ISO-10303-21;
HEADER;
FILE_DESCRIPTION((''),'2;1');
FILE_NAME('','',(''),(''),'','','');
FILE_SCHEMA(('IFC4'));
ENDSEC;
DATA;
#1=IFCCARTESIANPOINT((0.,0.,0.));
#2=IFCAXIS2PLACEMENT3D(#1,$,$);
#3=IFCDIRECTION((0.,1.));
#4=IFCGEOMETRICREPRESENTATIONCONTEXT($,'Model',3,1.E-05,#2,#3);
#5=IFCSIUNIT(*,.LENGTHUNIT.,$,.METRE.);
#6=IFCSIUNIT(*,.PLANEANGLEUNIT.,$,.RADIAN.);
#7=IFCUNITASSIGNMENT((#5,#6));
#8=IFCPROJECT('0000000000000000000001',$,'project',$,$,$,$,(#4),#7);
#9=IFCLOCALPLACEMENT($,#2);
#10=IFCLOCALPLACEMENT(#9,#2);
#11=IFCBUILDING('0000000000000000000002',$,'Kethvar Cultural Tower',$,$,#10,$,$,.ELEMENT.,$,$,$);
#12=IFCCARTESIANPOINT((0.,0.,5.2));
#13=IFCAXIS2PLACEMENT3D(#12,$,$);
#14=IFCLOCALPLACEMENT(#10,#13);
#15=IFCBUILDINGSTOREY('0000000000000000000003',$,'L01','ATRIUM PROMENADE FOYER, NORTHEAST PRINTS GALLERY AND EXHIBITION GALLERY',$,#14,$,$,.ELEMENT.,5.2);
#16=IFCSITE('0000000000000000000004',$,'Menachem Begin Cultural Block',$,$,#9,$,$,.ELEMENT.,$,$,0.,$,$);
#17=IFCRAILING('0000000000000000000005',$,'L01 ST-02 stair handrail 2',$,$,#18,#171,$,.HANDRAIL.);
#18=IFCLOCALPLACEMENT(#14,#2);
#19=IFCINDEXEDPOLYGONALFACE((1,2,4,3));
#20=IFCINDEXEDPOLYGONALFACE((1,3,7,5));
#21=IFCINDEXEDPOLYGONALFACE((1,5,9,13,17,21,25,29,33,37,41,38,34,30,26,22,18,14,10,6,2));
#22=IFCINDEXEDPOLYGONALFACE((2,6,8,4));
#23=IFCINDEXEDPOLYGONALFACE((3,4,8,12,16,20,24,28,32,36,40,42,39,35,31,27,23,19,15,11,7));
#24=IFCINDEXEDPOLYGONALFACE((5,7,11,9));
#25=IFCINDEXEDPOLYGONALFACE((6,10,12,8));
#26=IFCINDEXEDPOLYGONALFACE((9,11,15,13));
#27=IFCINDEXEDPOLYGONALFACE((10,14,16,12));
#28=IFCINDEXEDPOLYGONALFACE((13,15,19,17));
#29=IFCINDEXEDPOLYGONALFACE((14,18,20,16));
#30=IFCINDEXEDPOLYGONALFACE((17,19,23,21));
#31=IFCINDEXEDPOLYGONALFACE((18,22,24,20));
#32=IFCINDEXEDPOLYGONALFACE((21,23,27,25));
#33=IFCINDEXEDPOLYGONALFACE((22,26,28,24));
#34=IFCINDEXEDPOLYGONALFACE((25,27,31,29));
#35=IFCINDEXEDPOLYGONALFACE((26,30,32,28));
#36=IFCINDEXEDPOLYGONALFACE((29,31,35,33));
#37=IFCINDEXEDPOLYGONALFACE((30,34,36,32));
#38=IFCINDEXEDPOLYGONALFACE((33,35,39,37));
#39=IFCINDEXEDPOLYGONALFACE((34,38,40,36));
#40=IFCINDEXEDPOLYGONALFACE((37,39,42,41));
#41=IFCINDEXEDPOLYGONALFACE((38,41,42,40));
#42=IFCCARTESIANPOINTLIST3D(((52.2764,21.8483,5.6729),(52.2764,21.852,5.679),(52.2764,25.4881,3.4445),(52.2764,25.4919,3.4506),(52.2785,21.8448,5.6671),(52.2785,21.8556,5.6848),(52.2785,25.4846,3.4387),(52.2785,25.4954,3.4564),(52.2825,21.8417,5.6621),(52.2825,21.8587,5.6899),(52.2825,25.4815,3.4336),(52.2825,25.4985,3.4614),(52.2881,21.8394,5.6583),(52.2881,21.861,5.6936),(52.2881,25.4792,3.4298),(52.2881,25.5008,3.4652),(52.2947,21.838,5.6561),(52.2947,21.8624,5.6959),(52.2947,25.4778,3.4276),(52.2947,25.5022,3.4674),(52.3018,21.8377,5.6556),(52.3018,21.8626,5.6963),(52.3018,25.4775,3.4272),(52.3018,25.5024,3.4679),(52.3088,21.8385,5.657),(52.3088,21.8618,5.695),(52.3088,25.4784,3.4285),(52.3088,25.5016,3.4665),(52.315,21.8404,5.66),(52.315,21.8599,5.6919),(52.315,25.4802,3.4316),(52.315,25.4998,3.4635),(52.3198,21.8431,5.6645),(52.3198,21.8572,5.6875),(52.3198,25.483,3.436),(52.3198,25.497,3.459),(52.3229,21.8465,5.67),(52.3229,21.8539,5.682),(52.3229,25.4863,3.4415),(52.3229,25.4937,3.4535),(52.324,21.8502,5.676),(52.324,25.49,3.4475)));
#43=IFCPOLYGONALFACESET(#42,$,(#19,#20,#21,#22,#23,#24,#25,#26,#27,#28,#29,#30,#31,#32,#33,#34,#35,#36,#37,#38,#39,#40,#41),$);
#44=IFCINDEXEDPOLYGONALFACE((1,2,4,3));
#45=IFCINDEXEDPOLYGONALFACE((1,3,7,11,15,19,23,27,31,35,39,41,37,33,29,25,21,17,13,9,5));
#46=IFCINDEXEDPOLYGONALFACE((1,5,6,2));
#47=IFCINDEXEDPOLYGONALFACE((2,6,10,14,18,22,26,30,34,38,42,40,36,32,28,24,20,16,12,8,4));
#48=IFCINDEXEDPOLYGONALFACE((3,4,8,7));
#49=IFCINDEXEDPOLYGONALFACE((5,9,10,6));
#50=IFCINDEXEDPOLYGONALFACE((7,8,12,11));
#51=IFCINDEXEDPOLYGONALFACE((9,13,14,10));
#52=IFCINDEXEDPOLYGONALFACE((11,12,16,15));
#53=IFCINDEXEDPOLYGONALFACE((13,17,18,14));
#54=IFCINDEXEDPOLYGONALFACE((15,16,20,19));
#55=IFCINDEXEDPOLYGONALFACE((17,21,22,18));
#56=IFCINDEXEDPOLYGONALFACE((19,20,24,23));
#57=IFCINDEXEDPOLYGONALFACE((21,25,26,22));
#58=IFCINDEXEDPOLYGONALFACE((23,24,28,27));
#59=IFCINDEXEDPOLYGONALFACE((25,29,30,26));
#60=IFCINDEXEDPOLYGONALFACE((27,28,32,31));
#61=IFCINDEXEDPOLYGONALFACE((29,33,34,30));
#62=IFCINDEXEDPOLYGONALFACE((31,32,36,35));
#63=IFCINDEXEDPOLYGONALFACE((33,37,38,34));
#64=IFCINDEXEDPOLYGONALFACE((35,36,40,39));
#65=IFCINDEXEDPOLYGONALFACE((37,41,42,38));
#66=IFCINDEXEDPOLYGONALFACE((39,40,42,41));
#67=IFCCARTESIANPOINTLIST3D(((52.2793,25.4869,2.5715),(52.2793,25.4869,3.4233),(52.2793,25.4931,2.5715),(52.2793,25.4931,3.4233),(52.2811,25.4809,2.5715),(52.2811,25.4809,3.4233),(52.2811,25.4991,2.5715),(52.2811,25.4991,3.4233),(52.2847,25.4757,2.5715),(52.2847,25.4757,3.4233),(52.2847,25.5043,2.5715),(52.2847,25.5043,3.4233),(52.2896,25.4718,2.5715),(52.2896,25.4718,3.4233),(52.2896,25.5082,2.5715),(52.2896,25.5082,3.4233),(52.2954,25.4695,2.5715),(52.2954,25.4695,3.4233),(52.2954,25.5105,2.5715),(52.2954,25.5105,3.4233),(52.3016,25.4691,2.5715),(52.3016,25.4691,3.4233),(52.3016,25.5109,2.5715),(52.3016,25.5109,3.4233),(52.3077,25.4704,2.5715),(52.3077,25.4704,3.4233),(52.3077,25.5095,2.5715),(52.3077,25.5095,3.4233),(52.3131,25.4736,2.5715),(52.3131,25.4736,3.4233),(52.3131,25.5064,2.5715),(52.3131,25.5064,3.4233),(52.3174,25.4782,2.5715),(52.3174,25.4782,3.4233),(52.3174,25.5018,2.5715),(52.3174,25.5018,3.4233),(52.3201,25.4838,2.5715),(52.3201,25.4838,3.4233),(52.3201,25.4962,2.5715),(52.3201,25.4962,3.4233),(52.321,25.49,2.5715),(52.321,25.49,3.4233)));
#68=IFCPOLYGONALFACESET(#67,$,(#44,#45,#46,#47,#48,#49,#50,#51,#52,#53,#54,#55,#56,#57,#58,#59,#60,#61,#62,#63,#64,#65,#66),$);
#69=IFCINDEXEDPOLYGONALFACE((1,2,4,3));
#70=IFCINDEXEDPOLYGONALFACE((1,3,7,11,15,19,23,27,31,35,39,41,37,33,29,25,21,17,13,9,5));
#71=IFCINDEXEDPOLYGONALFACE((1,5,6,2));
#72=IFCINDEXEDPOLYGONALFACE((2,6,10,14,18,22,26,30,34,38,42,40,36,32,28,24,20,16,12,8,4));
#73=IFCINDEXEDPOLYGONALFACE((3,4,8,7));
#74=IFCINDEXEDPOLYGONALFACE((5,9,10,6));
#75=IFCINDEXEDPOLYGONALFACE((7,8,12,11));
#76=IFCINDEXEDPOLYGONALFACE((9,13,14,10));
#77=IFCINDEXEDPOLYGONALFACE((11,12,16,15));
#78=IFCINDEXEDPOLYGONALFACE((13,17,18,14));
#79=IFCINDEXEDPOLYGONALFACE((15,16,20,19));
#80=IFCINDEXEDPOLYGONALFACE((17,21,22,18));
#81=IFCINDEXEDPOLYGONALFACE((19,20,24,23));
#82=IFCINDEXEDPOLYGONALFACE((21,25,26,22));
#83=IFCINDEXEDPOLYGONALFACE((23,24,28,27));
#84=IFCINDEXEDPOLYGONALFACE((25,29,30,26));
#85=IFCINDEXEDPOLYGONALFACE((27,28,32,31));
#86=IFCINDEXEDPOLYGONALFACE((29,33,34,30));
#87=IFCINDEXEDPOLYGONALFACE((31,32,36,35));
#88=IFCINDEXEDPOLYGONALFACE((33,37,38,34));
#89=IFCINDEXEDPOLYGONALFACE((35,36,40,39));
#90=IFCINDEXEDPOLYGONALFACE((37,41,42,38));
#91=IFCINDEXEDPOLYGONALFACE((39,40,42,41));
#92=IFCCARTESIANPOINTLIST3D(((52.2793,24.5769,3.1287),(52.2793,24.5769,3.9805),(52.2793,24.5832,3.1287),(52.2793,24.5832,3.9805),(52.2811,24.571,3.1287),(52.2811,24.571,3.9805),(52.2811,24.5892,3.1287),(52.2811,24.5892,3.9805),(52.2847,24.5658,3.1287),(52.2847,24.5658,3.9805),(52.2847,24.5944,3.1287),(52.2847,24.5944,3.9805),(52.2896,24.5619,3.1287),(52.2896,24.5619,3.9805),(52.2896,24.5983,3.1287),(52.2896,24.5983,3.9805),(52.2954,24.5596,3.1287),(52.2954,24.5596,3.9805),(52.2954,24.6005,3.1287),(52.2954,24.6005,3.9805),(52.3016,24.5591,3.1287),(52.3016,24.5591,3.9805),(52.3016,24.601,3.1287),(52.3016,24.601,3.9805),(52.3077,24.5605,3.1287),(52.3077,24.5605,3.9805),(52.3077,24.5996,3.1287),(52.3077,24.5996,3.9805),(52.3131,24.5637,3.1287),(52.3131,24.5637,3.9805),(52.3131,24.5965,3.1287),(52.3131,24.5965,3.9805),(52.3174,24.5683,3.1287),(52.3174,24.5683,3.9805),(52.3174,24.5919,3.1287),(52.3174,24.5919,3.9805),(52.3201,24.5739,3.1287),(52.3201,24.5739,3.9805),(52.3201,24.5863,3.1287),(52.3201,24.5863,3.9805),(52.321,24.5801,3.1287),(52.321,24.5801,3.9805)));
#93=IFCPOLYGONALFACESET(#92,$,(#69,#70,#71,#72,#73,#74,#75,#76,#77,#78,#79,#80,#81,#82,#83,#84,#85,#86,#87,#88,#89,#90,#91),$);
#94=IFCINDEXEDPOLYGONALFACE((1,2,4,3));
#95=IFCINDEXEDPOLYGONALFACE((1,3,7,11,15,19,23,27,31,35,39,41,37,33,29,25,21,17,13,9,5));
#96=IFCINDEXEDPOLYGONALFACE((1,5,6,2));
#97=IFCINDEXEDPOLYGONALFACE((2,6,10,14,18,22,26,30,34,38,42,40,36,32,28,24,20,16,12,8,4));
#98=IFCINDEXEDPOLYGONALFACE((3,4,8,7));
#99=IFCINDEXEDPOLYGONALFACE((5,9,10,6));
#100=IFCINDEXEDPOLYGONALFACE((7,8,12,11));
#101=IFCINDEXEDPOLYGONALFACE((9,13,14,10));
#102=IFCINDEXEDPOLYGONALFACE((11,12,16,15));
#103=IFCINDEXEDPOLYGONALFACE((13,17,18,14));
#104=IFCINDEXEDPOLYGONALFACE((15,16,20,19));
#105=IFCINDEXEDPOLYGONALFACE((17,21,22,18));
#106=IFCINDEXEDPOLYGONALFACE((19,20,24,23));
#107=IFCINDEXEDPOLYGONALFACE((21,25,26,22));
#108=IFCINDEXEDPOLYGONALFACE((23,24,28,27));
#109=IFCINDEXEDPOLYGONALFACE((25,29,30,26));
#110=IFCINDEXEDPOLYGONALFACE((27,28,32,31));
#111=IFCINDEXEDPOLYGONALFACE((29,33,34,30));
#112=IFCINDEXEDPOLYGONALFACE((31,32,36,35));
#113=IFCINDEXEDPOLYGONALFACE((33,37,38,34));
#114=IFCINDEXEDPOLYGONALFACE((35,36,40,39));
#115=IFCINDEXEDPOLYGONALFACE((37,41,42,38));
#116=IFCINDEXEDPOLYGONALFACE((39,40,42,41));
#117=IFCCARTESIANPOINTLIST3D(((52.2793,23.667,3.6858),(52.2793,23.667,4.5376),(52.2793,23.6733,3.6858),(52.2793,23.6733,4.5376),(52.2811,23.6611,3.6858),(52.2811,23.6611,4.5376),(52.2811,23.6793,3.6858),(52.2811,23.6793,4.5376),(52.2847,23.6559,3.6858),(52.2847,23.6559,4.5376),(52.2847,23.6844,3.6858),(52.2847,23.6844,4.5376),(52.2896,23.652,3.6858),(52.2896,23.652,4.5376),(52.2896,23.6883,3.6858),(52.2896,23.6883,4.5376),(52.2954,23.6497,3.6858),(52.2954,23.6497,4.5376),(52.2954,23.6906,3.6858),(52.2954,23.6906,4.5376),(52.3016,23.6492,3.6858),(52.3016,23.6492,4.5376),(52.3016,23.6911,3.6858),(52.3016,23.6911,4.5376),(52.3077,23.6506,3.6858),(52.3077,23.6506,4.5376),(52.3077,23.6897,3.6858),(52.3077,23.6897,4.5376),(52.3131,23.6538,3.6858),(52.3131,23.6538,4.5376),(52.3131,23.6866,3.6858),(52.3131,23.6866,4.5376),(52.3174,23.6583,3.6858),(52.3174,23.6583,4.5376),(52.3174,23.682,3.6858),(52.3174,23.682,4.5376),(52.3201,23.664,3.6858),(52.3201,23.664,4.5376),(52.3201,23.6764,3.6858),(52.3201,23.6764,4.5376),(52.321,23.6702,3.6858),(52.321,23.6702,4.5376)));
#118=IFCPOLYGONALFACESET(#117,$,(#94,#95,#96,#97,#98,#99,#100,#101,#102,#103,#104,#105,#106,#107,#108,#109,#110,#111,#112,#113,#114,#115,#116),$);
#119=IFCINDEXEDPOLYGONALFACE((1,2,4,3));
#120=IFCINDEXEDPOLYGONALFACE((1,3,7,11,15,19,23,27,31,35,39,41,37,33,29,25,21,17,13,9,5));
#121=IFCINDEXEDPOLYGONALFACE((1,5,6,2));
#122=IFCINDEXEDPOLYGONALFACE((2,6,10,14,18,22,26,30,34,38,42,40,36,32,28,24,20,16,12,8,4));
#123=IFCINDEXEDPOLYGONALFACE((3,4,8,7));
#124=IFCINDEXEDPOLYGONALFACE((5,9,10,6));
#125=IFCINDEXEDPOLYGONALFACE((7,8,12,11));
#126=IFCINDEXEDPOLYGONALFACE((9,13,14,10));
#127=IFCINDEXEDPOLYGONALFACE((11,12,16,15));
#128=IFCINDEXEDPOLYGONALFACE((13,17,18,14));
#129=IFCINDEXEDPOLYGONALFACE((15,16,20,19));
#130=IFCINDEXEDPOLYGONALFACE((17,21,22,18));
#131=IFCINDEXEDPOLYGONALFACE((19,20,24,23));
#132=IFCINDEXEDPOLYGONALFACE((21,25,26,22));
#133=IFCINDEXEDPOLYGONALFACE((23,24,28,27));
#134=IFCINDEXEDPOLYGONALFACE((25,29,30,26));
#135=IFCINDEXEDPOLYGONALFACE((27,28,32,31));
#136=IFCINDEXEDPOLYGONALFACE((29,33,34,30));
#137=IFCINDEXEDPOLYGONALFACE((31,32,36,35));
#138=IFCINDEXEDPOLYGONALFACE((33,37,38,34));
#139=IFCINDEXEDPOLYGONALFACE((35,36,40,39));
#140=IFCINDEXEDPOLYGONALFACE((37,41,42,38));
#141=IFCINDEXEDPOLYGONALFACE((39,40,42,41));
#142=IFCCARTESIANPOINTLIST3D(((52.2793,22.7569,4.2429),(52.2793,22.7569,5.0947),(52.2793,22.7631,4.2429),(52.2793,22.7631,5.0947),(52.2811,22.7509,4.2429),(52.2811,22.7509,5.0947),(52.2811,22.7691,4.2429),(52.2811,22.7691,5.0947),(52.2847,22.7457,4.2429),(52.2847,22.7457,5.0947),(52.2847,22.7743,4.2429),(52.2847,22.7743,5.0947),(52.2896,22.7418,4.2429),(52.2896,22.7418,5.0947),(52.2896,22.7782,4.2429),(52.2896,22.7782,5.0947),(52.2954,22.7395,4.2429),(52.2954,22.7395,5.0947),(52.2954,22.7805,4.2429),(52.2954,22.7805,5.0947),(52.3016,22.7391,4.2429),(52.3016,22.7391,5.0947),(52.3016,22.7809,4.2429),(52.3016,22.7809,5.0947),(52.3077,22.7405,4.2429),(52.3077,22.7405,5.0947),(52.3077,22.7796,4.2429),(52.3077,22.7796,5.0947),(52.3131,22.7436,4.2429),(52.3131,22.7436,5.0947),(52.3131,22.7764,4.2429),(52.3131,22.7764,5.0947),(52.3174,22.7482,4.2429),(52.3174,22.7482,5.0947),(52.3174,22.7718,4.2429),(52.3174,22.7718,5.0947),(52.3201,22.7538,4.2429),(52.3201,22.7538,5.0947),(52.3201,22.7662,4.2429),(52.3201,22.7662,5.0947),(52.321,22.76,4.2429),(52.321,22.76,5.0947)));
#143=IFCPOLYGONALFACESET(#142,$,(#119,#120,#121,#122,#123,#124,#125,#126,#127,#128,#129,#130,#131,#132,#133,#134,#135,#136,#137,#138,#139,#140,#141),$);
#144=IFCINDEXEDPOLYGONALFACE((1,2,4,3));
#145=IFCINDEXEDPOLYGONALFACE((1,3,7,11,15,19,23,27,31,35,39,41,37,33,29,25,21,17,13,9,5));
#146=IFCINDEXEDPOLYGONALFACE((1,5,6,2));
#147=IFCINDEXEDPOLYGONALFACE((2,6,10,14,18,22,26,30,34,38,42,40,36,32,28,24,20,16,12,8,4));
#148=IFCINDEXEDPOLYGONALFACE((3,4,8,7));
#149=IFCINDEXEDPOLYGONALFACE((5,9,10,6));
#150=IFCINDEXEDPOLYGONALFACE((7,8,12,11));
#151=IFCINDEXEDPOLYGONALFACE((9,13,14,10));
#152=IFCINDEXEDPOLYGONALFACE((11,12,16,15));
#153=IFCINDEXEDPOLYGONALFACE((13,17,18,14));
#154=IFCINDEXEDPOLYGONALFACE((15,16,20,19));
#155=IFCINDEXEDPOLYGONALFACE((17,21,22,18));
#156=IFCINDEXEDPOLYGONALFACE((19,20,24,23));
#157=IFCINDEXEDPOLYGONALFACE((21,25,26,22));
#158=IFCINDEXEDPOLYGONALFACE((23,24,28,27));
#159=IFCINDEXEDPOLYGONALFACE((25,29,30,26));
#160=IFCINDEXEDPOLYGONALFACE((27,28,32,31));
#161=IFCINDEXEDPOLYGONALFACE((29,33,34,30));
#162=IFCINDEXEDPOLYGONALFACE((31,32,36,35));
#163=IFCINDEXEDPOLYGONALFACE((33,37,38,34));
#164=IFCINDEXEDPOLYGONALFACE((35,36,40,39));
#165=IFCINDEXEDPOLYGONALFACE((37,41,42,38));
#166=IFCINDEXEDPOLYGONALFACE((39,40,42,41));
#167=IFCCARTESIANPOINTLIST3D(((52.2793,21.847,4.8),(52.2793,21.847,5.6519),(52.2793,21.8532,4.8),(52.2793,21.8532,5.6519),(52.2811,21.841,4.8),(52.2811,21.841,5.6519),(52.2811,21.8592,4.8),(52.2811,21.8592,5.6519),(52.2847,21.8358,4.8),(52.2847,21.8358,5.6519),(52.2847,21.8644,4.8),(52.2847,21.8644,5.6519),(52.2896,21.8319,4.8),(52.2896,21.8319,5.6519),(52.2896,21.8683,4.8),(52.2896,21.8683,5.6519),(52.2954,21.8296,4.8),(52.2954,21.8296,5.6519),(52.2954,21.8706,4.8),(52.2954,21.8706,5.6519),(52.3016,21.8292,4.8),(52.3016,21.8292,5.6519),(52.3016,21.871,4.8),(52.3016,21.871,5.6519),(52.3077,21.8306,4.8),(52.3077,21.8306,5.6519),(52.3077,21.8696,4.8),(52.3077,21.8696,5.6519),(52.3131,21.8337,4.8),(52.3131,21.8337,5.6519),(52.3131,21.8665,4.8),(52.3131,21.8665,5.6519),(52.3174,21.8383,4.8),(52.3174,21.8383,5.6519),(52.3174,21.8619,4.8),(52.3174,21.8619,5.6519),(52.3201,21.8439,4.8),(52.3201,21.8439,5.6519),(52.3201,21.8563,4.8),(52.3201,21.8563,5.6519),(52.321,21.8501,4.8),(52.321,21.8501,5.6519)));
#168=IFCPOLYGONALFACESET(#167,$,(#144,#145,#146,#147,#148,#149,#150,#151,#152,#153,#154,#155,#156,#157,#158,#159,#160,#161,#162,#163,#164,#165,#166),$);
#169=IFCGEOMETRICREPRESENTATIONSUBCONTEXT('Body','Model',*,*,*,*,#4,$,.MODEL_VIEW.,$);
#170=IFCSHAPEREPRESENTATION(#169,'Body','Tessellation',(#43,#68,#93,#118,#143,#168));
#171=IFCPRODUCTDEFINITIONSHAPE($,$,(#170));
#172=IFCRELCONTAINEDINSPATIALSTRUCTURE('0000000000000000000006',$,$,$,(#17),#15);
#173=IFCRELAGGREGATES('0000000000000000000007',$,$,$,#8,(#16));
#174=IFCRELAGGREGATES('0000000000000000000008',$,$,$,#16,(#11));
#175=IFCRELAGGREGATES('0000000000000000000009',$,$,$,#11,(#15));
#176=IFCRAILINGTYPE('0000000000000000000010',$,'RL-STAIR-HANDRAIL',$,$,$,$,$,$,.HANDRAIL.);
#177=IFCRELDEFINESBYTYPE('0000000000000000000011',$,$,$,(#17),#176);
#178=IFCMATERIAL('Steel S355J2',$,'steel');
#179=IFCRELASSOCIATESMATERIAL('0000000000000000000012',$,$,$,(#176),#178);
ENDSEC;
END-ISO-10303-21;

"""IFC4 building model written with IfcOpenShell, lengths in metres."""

from ifc_helpers import new_model, si_unit, direction, frame, origin, origin_2d, place, context, subcontext, project, spatial, circle, extrude, material, type_object, element, save


model = new_model("IFC4")

# Units and contexts
model_context = context("Model", 3, precision=1e-05, world=origin(), true_north=direction((0.0, 1.0)))
body_context = subcontext(model_context, "Body", "Model", "MODEL_VIEW")
ifc_project = project(units=[si_unit("LENGTHUNIT", "METRE"), si_unit("PLANEANGLEUNIT", "RADIAN")], contexts=[model_context])

# Site, building, storey
site_placement = place(None, origin())
site = spatial("IfcSite", under=ifc_project, at=site_placement, Name="Menachem Begin Cultural Block", CompositionType="ELEMENT", RefElevation=0.0)
building_placement = place(site_placement, origin())
building = spatial("IfcBuilding", under=site, at=building_placement, Name="Kethvar Cultural Tower", CompositionType="ELEMENT")
storey_placement = place(building_placement, frame((0.0, 0.0, 5.2)))
storey = spatial("IfcBuildingStorey", under=building, at=storey_placement, Name="L01", Description="ATRIUM PROMENADE FOYER, NORTHEAST PRINTS GALLERY AND EXHIBITION GALLERY", CompositionType="ELEMENT", Elevation=5.2)

# Shared definitions
ifc_material_1 = material(Name="Steel S355J2", Category="steel")

# Railing
railing_type_1 = type_object("IfcRailingType", Name="RL-STAIR-HANDRAIL", PredefinedType="HANDRAIL", material=ifc_material_1)
railing_1_placement = place(storey_placement, frame((52.3, 25.49, 2.5715)))
element("IfcRailing", 1, at=railing_1_placement, inside=storey, type_object=railing_type_1, Name="L01 ST-02 stair handrail 2", PredefinedType="HANDRAIL", context=body_context, shape_type="SweptSolid", body=[
    extrude(circle(Radius=0.0239, at=origin_2d()), frame((0.0, 0.0, 0.876), z_axis=(0.0, -0.85285, 0.522156), x_axis=(1.0, 0.0, 0.0)), (0.0, 0.0, 1.0), 4.2678),
    extrude(circle(Radius=0.021, at=origin_2d()), origin(), (0.0, 0.0, 1.0), 0.8518),
    extrude(circle(Radius=0.021, at=origin_2d()), frame((0.0, -0.9099, 0.5571)), (0.0, 0.0, 1.0), 0.8518),
    extrude(circle(Radius=0.021, at=origin_2d()), frame((0.0, -1.8198, 1.1143)), (0.0, 0.0, 1.0), 0.8518),
    extrude(circle(Radius=0.021, at=origin_2d()), frame((0.0, -2.73, 1.6714)), (0.0, 0.0, 1.0), 0.8518),
    extrude(circle(Radius=0.021, at=origin_2d()), frame((0.0, -3.6399, 2.2285)), (0.0, 0.0, 1.0), 0.8518),
])

save(model, "model.ifc")
